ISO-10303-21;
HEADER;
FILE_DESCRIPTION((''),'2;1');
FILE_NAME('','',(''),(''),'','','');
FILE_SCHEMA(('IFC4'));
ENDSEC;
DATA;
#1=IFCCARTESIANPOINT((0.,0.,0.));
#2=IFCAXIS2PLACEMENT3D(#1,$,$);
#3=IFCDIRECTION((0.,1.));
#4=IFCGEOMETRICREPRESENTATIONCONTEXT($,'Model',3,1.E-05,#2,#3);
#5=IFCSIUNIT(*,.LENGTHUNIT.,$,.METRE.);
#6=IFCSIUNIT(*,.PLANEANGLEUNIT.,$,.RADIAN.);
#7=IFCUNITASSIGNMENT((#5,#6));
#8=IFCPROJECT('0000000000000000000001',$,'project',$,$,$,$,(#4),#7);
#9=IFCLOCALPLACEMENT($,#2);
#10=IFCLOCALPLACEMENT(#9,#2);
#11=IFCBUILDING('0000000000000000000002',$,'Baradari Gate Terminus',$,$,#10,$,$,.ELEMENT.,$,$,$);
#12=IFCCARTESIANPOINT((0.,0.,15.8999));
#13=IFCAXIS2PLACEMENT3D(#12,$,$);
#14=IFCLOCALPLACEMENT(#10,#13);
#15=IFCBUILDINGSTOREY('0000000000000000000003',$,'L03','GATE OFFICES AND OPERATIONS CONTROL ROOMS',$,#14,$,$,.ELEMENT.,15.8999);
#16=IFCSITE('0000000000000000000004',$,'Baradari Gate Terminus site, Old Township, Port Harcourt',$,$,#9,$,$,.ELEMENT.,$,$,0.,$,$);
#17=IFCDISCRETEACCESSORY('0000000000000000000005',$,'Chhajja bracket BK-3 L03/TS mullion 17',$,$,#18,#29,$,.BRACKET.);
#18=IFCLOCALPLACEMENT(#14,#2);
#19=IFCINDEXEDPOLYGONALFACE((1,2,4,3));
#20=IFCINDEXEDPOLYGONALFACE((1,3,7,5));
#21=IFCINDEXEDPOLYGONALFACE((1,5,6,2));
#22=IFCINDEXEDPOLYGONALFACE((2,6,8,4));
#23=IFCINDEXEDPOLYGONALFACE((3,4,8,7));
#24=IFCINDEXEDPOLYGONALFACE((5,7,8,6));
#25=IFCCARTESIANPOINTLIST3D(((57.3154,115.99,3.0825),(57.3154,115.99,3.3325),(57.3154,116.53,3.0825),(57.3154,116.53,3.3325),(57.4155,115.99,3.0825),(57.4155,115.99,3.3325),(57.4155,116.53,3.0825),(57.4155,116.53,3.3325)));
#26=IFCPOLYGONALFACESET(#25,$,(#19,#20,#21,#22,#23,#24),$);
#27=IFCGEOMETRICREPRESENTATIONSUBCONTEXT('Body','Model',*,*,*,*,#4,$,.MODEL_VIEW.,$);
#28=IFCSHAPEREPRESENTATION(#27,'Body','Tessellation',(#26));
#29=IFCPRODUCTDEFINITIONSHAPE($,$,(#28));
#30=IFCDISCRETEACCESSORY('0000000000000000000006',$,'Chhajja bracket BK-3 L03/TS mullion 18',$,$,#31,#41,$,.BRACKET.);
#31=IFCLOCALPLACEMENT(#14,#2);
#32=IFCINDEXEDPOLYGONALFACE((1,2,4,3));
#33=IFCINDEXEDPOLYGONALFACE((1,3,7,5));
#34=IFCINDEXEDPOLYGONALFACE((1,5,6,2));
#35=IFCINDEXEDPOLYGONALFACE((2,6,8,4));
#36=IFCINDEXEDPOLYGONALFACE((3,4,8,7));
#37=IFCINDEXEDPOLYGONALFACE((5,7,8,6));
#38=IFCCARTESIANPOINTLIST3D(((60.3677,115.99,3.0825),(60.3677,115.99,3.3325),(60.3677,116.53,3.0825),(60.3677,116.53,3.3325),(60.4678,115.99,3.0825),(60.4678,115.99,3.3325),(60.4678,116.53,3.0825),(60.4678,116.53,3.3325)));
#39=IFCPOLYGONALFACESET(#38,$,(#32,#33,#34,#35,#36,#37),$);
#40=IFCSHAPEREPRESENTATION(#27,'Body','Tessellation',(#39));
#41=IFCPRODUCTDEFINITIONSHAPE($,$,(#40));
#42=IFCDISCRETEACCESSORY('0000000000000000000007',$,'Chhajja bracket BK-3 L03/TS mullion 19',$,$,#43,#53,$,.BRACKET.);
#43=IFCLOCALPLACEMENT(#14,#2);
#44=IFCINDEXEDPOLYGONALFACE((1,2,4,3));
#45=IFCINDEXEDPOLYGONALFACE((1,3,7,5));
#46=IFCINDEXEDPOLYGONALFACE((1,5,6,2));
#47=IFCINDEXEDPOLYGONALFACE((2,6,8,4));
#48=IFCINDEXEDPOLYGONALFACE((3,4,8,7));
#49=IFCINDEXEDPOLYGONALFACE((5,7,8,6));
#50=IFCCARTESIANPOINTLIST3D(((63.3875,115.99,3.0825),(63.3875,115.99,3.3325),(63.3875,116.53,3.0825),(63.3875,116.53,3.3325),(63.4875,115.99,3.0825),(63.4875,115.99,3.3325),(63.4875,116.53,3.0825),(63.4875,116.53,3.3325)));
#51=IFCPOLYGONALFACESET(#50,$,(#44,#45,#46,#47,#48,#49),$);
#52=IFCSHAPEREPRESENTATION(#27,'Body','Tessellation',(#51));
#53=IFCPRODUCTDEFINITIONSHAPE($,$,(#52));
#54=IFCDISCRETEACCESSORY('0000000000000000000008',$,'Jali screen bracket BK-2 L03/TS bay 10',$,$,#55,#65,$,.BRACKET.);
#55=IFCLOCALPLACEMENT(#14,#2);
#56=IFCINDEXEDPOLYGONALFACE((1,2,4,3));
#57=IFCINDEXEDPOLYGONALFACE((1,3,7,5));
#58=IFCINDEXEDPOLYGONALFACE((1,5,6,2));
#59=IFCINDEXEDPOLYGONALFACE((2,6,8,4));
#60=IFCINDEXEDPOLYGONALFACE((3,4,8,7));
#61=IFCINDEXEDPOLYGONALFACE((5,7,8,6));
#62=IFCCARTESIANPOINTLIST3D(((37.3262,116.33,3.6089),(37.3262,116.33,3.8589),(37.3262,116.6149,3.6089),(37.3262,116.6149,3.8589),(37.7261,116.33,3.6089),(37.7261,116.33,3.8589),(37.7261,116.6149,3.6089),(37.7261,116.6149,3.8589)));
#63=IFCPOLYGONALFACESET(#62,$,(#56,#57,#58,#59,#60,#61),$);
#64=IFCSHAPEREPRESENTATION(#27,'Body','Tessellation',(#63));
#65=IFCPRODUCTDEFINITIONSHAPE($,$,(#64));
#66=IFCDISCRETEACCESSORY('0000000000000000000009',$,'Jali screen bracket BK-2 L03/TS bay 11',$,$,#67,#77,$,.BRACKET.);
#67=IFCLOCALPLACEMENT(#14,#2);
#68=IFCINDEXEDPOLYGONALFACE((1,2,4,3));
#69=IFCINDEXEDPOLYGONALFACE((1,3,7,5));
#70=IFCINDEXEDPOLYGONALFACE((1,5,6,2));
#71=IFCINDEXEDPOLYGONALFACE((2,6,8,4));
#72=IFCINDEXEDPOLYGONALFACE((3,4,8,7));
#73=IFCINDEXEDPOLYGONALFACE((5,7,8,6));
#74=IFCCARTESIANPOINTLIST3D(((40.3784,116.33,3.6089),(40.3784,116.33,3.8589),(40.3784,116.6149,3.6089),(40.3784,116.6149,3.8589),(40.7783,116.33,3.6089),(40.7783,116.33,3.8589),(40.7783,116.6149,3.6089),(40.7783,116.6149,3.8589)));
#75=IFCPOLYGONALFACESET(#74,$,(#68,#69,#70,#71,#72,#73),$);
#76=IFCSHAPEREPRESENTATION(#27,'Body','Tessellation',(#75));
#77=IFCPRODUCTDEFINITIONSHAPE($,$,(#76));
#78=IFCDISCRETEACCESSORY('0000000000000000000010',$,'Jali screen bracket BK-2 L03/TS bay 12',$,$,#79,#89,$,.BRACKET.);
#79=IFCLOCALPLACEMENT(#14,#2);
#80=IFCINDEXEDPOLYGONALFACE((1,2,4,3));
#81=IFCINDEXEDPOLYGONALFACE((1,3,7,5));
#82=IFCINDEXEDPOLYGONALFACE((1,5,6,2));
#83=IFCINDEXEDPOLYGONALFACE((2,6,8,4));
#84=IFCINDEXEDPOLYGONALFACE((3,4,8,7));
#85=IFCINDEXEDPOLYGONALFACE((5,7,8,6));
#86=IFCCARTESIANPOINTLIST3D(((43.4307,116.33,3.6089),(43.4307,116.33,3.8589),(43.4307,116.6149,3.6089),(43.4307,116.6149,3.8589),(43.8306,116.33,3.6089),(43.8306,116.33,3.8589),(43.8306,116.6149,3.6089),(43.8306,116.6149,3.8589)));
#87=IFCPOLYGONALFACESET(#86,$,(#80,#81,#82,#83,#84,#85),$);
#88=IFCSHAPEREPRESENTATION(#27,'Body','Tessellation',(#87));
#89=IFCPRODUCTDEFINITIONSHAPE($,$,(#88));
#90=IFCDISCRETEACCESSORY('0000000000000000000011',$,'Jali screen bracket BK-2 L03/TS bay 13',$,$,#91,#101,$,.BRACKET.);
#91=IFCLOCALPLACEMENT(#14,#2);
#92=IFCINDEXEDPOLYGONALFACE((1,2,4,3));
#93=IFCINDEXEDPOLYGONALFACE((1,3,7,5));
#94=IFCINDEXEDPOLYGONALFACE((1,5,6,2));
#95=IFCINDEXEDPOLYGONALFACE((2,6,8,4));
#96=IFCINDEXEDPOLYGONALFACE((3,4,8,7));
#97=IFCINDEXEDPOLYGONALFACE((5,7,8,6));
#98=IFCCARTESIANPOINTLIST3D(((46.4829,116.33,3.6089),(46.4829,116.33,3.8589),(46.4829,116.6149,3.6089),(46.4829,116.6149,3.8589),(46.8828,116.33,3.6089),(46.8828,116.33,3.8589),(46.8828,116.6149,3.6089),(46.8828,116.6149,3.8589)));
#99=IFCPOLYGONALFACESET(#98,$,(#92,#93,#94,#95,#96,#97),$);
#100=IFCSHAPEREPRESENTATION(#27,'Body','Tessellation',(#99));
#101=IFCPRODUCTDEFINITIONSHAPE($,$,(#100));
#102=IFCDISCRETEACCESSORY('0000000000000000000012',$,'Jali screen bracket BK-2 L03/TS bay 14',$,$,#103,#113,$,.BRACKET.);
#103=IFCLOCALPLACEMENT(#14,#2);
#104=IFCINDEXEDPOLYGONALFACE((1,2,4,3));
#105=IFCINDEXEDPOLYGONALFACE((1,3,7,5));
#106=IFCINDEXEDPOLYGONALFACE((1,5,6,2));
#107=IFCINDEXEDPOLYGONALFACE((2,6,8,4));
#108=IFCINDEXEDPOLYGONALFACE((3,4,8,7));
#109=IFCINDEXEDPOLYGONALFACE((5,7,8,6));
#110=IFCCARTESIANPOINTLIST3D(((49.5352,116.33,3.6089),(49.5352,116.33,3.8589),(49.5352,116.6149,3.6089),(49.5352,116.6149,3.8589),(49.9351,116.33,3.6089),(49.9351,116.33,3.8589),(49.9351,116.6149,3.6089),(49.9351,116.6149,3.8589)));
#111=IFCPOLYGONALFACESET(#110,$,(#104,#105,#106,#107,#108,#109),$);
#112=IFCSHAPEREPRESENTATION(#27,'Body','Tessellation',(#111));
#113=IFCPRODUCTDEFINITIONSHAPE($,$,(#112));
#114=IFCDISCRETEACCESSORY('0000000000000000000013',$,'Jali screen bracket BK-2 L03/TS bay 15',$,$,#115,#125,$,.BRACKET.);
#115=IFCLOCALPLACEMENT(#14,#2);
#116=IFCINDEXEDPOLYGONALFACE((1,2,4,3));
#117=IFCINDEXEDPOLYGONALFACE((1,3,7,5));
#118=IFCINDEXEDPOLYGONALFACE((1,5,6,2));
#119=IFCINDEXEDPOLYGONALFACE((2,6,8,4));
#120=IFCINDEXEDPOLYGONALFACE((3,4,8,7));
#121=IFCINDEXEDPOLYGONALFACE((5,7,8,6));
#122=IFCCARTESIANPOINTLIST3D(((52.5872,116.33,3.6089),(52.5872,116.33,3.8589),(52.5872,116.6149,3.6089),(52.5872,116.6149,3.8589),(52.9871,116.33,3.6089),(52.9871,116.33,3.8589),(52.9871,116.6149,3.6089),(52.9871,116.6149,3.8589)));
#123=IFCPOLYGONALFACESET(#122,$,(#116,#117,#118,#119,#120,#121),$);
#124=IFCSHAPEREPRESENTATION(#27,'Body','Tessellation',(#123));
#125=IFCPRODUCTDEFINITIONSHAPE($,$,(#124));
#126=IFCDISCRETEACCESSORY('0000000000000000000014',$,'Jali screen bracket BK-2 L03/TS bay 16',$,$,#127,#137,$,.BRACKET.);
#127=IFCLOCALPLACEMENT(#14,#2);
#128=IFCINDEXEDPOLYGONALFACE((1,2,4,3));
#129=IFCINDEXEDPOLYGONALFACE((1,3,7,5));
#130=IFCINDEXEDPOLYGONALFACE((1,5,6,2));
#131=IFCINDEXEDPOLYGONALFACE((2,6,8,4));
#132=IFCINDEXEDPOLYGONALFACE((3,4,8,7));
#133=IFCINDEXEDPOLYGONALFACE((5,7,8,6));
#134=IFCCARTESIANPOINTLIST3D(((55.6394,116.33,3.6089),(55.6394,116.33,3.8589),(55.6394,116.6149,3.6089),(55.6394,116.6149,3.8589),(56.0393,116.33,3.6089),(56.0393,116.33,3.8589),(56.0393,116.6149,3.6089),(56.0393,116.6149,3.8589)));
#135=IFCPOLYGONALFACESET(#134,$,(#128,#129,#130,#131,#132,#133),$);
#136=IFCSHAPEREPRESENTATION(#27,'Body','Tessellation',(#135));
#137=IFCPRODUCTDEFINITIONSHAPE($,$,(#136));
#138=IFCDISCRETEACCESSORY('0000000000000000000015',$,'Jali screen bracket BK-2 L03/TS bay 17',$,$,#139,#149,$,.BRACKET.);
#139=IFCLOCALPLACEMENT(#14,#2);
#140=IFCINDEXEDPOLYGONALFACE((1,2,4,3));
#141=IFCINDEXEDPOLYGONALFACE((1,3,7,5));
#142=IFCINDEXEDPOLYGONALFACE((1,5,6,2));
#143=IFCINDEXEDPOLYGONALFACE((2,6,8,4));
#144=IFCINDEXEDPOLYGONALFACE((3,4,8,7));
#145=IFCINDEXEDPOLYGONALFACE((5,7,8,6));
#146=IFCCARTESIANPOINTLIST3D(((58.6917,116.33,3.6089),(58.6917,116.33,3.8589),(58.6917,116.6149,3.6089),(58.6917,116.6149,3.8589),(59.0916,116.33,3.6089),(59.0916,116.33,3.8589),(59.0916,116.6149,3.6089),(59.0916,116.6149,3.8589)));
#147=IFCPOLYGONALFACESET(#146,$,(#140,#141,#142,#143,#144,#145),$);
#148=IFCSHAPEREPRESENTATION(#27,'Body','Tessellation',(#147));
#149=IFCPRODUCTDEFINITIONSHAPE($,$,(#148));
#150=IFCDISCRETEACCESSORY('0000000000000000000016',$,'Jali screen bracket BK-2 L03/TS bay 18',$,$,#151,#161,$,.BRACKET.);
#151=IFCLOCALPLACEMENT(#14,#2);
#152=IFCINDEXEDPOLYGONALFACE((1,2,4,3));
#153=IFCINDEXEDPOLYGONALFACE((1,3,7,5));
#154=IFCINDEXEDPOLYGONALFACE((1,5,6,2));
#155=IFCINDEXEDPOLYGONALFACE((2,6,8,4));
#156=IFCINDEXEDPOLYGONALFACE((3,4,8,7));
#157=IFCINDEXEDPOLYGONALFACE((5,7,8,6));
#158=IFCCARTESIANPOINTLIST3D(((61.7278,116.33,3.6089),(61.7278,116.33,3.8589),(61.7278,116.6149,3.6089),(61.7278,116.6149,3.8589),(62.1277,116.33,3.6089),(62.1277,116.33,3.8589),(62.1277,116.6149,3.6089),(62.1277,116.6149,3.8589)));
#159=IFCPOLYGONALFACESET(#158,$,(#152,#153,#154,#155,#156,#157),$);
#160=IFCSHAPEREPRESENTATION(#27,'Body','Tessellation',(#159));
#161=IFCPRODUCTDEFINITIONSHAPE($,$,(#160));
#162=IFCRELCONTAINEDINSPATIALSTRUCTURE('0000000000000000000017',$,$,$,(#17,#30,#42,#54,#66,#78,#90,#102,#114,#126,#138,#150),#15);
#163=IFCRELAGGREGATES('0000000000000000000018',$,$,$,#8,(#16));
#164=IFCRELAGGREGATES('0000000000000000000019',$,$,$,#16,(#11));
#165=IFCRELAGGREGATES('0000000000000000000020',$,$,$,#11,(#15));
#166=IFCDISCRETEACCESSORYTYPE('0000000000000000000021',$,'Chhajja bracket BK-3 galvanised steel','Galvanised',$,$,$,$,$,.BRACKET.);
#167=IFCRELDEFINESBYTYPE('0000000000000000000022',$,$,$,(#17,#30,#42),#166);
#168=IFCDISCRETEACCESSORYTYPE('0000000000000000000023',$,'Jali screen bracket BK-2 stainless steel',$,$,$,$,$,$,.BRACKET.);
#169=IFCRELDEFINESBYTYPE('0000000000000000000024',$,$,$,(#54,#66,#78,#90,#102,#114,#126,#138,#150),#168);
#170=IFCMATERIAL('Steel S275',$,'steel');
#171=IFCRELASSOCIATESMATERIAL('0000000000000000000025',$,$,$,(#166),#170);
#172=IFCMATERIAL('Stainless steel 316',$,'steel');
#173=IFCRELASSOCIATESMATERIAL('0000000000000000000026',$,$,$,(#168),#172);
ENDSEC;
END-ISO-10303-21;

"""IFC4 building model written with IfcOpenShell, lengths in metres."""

from ifc_helpers import new_model, si_unit, direction, frame, origin, origin_2d, place, context, subcontext, project, spatial, rectangle, extrude, material, type_object, element, save


model = new_model("IFC4")

# Units and contexts
model_context = context("Model", 3, precision=1e-05, world=origin(), true_north=direction((0.0, 1.0)))
body_context = subcontext(model_context, "Body", "Model", "MODEL_VIEW")
ifc_project = project(units=[si_unit("LENGTHUNIT", "METRE"), si_unit("PLANEANGLEUNIT", "RADIAN")], contexts=[model_context])

# Site, building, storey
site_placement = place(None, origin())
site = spatial("IfcSite", under=ifc_project, at=site_placement, Name="Baradari Gate Terminus site, Old Township, Port Harcourt", CompositionType="ELEMENT", RefElevation=0.0)
building_placement = place(site_placement, origin())
building = spatial("IfcBuilding", under=site, at=building_placement, Name="Baradari Gate Terminus", CompositionType="ELEMENT")
storey_placement = place(building_placement, frame((0.0, 0.0, 15.8999)))
storey = spatial("IfcBuildingStorey", under=building, at=storey_placement, Name="L03", Description="GATE OFFICES AND OPERATIONS CONTROL ROOMS", CompositionType="ELEMENT", Elevation=15.8999)

# Discrete accessories
ifc_material_1 = material(Name="Steel S275", Category="steel")
discrete_accessory_type_1 = type_object("IfcDiscreteAccessoryType", Name="Chhajja bracket BK-3 galvanised steel", Description="Galvanised", PredefinedType="BRACKET", material=ifc_material_1)
for number, where, z_axis, x_axis, name in (
    (1, (57.3655, 116.26, 3.0825), (0.0, 0.0, 1.0), (0.0, -1.0, 0.0), "Chhajja bracket BK-3 L03/TS mullion 17"),
    (2, (60.4177, 116.26, 3.0825), (0.0, 0.0, 1.0), (0.0, -1.0, 0.0), "Chhajja bracket BK-3 L03/TS mullion 18"),
    (3, (63.4375, 116.26, 3.0825), (0.0, 0.0, 1.0), (0.0, -1.0, 0.0), "Chhajja bracket BK-3 L03/TS mullion 19"),
):
    element("IfcDiscreteAccessory", number, at=place(storey_placement, frame(where, z_axis=z_axis, x_axis=x_axis)), inside=storey, type_object=discrete_accessory_type_1, Name=name, PredefinedType="BRACKET", context=body_context, shape_type="SweptSolid", body=[
        extrude(rectangle(XDim=0.54, YDim=0.1001, at=origin_2d()), origin(), (0.0, 0.0, 1.0), 0.25),
    ])
ifc_material_2 = material(Name="Stainless steel 316", Category="steel")
discrete_accessory_type_2 = type_object("IfcDiscreteAccessoryType", Name="Jali screen bracket BK-2 stainless steel", PredefinedType="BRACKET", material=ifc_material_2)
for number, where, z_axis, x_axis, name in (
    (4, (37.5261, 116.4724, 3.6089), (0.0, 0.0, 1.0), (0.0, -1.0, 0.0), "Jali screen bracket BK-2 L03/TS bay 10"),
    (5, (40.5784, 116.4724, 3.6089), (0.0, 0.0, 1.0), (0.0, -1.0, 0.0), "Jali screen bracket BK-2 L03/TS bay 11"),
    (6, (43.6306, 116.4724, 3.6089), (0.0, 0.0, 1.0), (0.0, -1.0, 0.0), "Jali screen bracket BK-2 L03/TS bay 12"),
    (7, (46.6829, 116.4724, 3.6089), (0.0, 0.0, 1.0), (0.0, -1.0, 0.0), "Jali screen bracket BK-2 L03/TS bay 13"),
    (8, (49.7351, 116.4724, 3.6089), (0.0, 0.0, 1.0), (0.0, -1.0, 0.0), "Jali screen bracket BK-2 L03/TS bay 14"),
    (9, (52.7871, 116.4724, 3.6089), (0.0, 0.0, 1.0), (0.0, -1.0, 0.0), "Jali screen bracket BK-2 L03/TS bay 15"),
    (10, (55.8394, 116.4724, 3.6089), (0.0, 0.0, 1.0), (0.0, -1.0, 0.0), "Jali screen bracket BK-2 L03/TS bay 16"),
    (11, (58.8916, 116.4724, 3.6089), (0.0, 0.0, 1.0), (0.0, -1.0, 0.0), "Jali screen bracket BK-2 L03/TS bay 17"),
    (12, (61.9277, 116.4724, 3.6089), (0.0, 0.0, 1.0), (0.0, -1.0, 0.0), "Jali screen bracket BK-2 L03/TS bay 18"),
):
    element("IfcDiscreteAccessory", number, at=place(storey_placement, frame(where, z_axis=z_axis, x_axis=x_axis)), inside=storey, type_object=discrete_accessory_type_2, Name=name, PredefinedType="BRACKET", context=body_context, shape_type="SweptSolid", body=[
        extrude(rectangle(XDim=0.2849, YDim=0.3999, at=origin_2d()), origin(), (0.0, 0.0, 1.0), 0.25),
    ])

save(model, "model.ifc")
